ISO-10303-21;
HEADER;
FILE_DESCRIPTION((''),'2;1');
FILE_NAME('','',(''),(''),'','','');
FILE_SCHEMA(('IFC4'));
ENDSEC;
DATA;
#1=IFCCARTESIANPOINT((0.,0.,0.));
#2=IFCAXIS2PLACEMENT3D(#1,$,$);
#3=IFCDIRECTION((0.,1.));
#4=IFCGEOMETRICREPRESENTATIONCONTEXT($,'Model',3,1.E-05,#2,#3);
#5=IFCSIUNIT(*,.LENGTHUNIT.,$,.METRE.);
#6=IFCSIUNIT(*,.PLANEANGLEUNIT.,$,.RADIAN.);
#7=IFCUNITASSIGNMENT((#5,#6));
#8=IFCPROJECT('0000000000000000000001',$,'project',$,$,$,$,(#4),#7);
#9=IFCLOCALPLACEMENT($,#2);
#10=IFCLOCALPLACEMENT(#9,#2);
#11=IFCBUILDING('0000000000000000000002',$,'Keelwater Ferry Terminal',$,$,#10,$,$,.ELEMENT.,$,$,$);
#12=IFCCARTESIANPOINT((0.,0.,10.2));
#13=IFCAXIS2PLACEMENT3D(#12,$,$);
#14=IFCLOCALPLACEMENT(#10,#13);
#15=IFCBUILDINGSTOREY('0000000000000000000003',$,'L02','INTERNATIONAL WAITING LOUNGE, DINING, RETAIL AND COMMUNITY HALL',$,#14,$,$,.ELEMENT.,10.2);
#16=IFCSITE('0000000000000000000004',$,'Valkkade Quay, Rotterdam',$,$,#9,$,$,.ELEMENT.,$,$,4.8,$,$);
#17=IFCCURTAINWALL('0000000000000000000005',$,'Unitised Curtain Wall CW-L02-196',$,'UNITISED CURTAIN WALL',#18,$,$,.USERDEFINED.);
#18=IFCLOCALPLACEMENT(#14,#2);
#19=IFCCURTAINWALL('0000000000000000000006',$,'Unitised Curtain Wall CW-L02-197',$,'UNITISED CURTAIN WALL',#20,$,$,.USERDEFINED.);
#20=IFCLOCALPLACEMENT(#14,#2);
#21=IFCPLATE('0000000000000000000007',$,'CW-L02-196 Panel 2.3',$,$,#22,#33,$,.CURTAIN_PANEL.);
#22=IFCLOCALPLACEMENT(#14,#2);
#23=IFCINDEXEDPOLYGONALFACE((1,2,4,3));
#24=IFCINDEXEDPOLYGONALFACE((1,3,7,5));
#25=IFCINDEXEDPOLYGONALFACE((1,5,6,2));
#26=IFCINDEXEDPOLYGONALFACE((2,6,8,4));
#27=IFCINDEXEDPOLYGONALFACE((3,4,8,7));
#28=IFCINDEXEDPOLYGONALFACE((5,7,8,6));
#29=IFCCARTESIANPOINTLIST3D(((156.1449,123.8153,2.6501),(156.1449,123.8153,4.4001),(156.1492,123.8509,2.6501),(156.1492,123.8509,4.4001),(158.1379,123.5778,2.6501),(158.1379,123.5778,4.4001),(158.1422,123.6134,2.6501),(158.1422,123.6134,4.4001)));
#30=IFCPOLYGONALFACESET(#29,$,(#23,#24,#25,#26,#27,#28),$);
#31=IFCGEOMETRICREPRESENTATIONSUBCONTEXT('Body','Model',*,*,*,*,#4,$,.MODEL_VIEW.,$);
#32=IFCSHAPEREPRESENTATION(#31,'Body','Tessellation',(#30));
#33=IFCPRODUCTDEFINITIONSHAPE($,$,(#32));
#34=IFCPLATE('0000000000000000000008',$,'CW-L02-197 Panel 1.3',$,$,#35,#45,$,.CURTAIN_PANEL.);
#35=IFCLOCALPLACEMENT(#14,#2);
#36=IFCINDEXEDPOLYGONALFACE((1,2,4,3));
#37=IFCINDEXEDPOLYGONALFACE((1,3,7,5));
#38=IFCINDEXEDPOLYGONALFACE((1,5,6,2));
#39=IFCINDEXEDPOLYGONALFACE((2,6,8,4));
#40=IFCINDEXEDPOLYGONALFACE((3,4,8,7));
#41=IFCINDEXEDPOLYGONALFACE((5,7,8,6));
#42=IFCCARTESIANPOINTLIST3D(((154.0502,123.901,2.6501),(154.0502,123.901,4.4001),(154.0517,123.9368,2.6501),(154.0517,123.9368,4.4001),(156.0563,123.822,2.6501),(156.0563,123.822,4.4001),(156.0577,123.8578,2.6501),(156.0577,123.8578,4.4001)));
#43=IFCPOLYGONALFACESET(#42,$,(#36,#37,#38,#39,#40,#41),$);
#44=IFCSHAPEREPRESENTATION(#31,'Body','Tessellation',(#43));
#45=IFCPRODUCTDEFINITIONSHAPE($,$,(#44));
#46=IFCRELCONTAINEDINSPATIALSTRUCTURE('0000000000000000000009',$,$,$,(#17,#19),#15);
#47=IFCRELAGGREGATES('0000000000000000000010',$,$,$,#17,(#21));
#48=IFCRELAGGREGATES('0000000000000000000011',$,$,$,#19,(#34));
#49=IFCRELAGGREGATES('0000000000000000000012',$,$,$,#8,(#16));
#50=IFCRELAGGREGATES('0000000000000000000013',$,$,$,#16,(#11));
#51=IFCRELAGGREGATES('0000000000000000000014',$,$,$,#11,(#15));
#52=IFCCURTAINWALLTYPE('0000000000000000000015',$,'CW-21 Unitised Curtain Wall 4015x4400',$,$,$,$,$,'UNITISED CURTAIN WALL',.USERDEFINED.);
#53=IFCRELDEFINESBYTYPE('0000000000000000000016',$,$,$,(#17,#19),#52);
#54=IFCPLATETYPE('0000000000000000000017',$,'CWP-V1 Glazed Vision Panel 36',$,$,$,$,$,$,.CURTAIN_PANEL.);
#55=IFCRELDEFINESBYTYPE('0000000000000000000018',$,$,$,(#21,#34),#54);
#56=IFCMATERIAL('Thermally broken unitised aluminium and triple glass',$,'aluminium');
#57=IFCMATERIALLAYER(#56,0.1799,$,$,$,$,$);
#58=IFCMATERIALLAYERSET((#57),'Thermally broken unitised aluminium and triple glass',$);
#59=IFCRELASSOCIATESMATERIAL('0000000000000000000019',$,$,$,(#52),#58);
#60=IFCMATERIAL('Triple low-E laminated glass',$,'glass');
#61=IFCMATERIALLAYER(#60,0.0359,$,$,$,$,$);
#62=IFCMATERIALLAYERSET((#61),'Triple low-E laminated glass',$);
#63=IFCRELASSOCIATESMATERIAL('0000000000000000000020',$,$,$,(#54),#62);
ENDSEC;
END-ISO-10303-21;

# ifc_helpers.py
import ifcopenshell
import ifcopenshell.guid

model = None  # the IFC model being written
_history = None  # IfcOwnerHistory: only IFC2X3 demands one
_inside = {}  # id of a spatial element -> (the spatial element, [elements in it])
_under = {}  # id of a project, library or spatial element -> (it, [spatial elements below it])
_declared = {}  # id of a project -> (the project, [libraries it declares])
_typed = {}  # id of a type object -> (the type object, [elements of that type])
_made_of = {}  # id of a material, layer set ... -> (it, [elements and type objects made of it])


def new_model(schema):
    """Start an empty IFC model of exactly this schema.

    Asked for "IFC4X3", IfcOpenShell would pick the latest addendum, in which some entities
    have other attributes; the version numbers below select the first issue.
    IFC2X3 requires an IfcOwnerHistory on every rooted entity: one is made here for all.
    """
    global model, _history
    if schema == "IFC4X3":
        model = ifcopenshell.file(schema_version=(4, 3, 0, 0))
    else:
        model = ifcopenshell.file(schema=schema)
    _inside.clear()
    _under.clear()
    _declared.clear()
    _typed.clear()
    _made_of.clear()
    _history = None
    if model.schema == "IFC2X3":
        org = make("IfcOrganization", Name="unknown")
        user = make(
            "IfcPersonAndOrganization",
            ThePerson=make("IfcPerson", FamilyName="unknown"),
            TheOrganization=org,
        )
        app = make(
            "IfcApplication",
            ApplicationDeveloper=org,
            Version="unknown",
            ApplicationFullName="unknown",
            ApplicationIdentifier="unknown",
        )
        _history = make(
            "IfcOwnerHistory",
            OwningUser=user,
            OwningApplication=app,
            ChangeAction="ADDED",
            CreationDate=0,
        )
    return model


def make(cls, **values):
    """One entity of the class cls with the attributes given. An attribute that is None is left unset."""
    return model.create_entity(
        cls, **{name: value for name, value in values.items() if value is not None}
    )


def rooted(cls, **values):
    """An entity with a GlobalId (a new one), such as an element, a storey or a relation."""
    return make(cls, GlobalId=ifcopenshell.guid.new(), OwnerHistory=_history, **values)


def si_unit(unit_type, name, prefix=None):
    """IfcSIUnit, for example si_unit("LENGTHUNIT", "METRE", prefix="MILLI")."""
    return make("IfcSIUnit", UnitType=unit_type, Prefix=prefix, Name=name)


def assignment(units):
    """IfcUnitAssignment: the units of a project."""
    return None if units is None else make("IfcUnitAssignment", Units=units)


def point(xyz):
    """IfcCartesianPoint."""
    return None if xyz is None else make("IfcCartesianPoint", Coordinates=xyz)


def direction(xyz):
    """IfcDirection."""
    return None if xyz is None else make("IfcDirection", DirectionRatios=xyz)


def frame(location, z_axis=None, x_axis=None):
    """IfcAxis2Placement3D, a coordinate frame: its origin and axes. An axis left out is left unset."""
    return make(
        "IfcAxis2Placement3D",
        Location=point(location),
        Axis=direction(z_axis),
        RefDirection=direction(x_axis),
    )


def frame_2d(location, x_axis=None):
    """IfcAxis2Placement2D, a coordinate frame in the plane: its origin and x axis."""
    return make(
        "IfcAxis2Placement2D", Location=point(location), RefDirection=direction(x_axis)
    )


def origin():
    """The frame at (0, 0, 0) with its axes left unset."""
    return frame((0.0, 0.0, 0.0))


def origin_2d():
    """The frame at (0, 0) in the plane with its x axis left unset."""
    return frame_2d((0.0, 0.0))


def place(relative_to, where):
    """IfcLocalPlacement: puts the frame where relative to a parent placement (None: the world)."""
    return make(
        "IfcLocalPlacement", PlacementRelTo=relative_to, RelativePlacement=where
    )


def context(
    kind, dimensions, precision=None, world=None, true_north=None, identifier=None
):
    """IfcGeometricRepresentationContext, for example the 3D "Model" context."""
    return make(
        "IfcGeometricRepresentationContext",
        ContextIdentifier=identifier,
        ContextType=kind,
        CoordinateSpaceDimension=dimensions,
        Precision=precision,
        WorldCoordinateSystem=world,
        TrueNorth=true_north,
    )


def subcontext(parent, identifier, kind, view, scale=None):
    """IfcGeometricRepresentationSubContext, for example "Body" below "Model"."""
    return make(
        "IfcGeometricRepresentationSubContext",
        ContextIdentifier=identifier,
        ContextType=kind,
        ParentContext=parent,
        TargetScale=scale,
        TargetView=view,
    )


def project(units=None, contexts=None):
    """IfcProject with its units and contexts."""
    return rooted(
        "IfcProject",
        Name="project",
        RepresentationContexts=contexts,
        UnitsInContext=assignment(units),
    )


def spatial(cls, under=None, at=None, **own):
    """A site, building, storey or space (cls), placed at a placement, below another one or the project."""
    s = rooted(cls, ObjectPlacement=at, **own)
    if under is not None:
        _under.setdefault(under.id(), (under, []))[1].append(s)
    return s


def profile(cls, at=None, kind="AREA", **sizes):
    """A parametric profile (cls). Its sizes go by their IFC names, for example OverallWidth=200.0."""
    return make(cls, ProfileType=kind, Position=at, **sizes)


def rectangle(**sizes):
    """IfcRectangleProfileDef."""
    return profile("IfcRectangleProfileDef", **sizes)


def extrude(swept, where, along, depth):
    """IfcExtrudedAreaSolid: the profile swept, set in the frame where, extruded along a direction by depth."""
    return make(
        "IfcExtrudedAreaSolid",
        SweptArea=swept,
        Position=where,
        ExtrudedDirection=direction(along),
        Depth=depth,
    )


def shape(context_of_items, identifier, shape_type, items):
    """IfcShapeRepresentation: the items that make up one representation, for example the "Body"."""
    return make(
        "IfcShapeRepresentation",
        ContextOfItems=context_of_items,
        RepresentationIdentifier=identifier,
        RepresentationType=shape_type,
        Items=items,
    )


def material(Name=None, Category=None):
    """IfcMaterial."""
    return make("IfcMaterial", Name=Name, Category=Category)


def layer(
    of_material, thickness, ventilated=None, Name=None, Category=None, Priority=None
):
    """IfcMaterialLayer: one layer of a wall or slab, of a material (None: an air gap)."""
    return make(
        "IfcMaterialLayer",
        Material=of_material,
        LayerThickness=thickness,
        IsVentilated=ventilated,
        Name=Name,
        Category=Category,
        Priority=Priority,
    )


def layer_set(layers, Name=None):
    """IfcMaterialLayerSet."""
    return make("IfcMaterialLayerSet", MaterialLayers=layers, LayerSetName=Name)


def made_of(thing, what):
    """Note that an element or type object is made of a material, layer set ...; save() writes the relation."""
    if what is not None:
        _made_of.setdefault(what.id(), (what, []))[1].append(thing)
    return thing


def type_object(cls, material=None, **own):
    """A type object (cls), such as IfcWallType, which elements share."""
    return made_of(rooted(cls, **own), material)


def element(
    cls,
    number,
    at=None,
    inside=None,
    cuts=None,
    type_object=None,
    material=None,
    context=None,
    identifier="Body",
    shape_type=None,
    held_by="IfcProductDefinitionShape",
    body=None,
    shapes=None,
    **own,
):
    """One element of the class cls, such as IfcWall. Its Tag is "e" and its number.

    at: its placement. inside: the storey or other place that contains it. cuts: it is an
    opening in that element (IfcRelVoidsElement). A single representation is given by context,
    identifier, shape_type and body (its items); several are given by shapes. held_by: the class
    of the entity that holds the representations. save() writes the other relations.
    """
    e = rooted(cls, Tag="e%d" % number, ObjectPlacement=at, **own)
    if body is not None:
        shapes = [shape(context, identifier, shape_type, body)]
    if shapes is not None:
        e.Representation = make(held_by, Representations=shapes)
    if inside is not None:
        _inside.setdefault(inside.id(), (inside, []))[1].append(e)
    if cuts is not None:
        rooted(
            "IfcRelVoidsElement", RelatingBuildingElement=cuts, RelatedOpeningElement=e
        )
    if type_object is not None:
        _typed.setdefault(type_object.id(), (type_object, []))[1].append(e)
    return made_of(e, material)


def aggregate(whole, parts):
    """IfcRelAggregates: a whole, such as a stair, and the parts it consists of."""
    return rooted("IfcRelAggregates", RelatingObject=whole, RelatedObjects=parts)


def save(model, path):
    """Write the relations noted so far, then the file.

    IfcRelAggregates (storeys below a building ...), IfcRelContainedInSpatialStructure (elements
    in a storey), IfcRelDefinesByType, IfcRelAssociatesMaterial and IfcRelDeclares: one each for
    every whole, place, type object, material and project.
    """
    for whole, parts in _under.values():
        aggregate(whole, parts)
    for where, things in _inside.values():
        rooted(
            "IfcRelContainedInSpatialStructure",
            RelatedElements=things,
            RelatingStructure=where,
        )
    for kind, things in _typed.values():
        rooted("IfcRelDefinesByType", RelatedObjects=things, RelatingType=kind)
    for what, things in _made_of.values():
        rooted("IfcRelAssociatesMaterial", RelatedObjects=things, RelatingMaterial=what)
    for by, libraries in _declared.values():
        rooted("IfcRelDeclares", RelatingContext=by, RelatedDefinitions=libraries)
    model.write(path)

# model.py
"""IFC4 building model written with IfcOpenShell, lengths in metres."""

from ifc_helpers import new_model, si_unit, direction, frame, origin, origin_2d, place, context, subcontext, project, spatial, rectangle, extrude, material, layer, layer_set, type_object, element, aggregate, save


model = new_model("IFC4")

# Units and contexts
model_context = context("Model", 3, precision=1e-05, world=origin(), true_north=direction((0.0, 1.0)))
body_context = subcontext(model_context, "Body", "Model", "MODEL_VIEW")
ifc_project = project(units=[si_unit("LENGTHUNIT", "METRE"), si_unit("PLANEANGLEUNIT", "RADIAN")], contexts=[model_context])

# Site, building, storey
site_placement = place(None, origin())
site = spatial("IfcSite", under=ifc_project, at=site_placement, Name="Valkkade Quay, Rotterdam", CompositionType="ELEMENT", RefElevation=4.8)
building_placement = place(site_placement, origin())
building = spatial("IfcBuilding", under=site, at=building_placement, Name="Keelwater Ferry Terminal", CompositionType="ELEMENT")
storey_placement = place(building_placement, frame((0.0, 0.0, 10.2)))
storey = spatial("IfcBuildingStorey", under=building, at=storey_placement, Name="L02", Description="INTERNATIONAL WAITING LOUNGE, DINING, RETAIL AND COMMUNITY HALL", CompositionType="ELEMENT", Elevation=10.2)

# Curtain wall
ifc_material_1 = material(Name="Thermally broken unitised aluminium and triple glass", Category="aluminium")
ifc_layer_1 = layer(ifc_material_1, 0.1799)
ifc_layer_set_1 = layer_set([ifc_layer_1], Name="Thermally broken unitised aluminium and triple glass")
curtain_wall_type = type_object("IfcCurtainWallType", Name="CW-21 Unitised Curtain Wall 4015x4400", ElementType="UNITISED CURTAIN WALL", PredefinedType="USERDEFINED", material=ifc_layer_set_1)
curtain_wall_1_placement = place(storey_placement, origin())
curtain_wall_1 = element("IfcCurtainWall", 1, at=curtain_wall_1_placement, inside=storey, type_object=curtain_wall_type, Name="Unitised Curtain Wall CW-L02-196", ObjectType="UNITISED CURTAIN WALL", PredefinedType="USERDEFINED")

# Curtain wall
curtain_wall_2_placement = place(storey_placement, origin())
curtain_wall_2 = element("IfcCurtainWall", 2, at=curtain_wall_2_placement, inside=storey, type_object=curtain_wall_type, Name="Unitised Curtain Wall CW-L02-197", ObjectType="UNITISED CURTAIN WALL", PredefinedType="USERDEFINED")

# Plates
ifc_material_2 = material(Name="Triple low-E laminated glass", Category="glass")
ifc_layer_2 = layer(ifc_material_2, 0.0359)
ifc_layer_set_2 = layer_set([ifc_layer_2], Name="Triple low-E laminated glass")
plate_type_1 = type_object("IfcPlateType", Name="CWP-V1 Glazed Vision Panel 36", PredefinedType="CURTAIN_PANEL", material=ifc_layer_set_2)
plate_1_placement = place(storey_placement, frame((157.1436, 123.7144, 2.6501), z_axis=(0.0, 0.0, 1.0), x_axis=(-0.992974, 0.11833, 0.0)))
plate_1 = element("IfcPlate", 3, at=plate_1_placement, type_object=plate_type_1, Name="CW-L02-196 Panel 2.3", PredefinedType="CURTAIN_PANEL", context=body_context, shape_type="SweptSolid", body=[
    extrude(rectangle(XDim=2.0071, YDim=0.0359, at=origin_2d()), origin(), (0.0, 0.0, 1.0), 1.75),
])
aggregate(curtain_wall_1, [plate_1])
plate_2_placement = place(storey_placement, frame((155.054, 123.8794, 2.6501), z_axis=(0.0, 0.0, 1.0), x_axis=(-0.999225, 0.039351, 0.0)))
plate_2 = element("IfcPlate", 4, at=plate_2_placement, type_object=plate_type_1, Name="CW-L02-197 Panel 1.3", PredefinedType="CURTAIN_PANEL", context=body_context, shape_type="SweptSolid", body=[
    extrude(rectangle(XDim=2.0076, YDim=0.0359, at=origin_2d()), origin(), (0.0, 0.0, 1.0), 1.75),
])
aggregate(curtain_wall_2, [plate_2])

save(model, "model.ifc")
